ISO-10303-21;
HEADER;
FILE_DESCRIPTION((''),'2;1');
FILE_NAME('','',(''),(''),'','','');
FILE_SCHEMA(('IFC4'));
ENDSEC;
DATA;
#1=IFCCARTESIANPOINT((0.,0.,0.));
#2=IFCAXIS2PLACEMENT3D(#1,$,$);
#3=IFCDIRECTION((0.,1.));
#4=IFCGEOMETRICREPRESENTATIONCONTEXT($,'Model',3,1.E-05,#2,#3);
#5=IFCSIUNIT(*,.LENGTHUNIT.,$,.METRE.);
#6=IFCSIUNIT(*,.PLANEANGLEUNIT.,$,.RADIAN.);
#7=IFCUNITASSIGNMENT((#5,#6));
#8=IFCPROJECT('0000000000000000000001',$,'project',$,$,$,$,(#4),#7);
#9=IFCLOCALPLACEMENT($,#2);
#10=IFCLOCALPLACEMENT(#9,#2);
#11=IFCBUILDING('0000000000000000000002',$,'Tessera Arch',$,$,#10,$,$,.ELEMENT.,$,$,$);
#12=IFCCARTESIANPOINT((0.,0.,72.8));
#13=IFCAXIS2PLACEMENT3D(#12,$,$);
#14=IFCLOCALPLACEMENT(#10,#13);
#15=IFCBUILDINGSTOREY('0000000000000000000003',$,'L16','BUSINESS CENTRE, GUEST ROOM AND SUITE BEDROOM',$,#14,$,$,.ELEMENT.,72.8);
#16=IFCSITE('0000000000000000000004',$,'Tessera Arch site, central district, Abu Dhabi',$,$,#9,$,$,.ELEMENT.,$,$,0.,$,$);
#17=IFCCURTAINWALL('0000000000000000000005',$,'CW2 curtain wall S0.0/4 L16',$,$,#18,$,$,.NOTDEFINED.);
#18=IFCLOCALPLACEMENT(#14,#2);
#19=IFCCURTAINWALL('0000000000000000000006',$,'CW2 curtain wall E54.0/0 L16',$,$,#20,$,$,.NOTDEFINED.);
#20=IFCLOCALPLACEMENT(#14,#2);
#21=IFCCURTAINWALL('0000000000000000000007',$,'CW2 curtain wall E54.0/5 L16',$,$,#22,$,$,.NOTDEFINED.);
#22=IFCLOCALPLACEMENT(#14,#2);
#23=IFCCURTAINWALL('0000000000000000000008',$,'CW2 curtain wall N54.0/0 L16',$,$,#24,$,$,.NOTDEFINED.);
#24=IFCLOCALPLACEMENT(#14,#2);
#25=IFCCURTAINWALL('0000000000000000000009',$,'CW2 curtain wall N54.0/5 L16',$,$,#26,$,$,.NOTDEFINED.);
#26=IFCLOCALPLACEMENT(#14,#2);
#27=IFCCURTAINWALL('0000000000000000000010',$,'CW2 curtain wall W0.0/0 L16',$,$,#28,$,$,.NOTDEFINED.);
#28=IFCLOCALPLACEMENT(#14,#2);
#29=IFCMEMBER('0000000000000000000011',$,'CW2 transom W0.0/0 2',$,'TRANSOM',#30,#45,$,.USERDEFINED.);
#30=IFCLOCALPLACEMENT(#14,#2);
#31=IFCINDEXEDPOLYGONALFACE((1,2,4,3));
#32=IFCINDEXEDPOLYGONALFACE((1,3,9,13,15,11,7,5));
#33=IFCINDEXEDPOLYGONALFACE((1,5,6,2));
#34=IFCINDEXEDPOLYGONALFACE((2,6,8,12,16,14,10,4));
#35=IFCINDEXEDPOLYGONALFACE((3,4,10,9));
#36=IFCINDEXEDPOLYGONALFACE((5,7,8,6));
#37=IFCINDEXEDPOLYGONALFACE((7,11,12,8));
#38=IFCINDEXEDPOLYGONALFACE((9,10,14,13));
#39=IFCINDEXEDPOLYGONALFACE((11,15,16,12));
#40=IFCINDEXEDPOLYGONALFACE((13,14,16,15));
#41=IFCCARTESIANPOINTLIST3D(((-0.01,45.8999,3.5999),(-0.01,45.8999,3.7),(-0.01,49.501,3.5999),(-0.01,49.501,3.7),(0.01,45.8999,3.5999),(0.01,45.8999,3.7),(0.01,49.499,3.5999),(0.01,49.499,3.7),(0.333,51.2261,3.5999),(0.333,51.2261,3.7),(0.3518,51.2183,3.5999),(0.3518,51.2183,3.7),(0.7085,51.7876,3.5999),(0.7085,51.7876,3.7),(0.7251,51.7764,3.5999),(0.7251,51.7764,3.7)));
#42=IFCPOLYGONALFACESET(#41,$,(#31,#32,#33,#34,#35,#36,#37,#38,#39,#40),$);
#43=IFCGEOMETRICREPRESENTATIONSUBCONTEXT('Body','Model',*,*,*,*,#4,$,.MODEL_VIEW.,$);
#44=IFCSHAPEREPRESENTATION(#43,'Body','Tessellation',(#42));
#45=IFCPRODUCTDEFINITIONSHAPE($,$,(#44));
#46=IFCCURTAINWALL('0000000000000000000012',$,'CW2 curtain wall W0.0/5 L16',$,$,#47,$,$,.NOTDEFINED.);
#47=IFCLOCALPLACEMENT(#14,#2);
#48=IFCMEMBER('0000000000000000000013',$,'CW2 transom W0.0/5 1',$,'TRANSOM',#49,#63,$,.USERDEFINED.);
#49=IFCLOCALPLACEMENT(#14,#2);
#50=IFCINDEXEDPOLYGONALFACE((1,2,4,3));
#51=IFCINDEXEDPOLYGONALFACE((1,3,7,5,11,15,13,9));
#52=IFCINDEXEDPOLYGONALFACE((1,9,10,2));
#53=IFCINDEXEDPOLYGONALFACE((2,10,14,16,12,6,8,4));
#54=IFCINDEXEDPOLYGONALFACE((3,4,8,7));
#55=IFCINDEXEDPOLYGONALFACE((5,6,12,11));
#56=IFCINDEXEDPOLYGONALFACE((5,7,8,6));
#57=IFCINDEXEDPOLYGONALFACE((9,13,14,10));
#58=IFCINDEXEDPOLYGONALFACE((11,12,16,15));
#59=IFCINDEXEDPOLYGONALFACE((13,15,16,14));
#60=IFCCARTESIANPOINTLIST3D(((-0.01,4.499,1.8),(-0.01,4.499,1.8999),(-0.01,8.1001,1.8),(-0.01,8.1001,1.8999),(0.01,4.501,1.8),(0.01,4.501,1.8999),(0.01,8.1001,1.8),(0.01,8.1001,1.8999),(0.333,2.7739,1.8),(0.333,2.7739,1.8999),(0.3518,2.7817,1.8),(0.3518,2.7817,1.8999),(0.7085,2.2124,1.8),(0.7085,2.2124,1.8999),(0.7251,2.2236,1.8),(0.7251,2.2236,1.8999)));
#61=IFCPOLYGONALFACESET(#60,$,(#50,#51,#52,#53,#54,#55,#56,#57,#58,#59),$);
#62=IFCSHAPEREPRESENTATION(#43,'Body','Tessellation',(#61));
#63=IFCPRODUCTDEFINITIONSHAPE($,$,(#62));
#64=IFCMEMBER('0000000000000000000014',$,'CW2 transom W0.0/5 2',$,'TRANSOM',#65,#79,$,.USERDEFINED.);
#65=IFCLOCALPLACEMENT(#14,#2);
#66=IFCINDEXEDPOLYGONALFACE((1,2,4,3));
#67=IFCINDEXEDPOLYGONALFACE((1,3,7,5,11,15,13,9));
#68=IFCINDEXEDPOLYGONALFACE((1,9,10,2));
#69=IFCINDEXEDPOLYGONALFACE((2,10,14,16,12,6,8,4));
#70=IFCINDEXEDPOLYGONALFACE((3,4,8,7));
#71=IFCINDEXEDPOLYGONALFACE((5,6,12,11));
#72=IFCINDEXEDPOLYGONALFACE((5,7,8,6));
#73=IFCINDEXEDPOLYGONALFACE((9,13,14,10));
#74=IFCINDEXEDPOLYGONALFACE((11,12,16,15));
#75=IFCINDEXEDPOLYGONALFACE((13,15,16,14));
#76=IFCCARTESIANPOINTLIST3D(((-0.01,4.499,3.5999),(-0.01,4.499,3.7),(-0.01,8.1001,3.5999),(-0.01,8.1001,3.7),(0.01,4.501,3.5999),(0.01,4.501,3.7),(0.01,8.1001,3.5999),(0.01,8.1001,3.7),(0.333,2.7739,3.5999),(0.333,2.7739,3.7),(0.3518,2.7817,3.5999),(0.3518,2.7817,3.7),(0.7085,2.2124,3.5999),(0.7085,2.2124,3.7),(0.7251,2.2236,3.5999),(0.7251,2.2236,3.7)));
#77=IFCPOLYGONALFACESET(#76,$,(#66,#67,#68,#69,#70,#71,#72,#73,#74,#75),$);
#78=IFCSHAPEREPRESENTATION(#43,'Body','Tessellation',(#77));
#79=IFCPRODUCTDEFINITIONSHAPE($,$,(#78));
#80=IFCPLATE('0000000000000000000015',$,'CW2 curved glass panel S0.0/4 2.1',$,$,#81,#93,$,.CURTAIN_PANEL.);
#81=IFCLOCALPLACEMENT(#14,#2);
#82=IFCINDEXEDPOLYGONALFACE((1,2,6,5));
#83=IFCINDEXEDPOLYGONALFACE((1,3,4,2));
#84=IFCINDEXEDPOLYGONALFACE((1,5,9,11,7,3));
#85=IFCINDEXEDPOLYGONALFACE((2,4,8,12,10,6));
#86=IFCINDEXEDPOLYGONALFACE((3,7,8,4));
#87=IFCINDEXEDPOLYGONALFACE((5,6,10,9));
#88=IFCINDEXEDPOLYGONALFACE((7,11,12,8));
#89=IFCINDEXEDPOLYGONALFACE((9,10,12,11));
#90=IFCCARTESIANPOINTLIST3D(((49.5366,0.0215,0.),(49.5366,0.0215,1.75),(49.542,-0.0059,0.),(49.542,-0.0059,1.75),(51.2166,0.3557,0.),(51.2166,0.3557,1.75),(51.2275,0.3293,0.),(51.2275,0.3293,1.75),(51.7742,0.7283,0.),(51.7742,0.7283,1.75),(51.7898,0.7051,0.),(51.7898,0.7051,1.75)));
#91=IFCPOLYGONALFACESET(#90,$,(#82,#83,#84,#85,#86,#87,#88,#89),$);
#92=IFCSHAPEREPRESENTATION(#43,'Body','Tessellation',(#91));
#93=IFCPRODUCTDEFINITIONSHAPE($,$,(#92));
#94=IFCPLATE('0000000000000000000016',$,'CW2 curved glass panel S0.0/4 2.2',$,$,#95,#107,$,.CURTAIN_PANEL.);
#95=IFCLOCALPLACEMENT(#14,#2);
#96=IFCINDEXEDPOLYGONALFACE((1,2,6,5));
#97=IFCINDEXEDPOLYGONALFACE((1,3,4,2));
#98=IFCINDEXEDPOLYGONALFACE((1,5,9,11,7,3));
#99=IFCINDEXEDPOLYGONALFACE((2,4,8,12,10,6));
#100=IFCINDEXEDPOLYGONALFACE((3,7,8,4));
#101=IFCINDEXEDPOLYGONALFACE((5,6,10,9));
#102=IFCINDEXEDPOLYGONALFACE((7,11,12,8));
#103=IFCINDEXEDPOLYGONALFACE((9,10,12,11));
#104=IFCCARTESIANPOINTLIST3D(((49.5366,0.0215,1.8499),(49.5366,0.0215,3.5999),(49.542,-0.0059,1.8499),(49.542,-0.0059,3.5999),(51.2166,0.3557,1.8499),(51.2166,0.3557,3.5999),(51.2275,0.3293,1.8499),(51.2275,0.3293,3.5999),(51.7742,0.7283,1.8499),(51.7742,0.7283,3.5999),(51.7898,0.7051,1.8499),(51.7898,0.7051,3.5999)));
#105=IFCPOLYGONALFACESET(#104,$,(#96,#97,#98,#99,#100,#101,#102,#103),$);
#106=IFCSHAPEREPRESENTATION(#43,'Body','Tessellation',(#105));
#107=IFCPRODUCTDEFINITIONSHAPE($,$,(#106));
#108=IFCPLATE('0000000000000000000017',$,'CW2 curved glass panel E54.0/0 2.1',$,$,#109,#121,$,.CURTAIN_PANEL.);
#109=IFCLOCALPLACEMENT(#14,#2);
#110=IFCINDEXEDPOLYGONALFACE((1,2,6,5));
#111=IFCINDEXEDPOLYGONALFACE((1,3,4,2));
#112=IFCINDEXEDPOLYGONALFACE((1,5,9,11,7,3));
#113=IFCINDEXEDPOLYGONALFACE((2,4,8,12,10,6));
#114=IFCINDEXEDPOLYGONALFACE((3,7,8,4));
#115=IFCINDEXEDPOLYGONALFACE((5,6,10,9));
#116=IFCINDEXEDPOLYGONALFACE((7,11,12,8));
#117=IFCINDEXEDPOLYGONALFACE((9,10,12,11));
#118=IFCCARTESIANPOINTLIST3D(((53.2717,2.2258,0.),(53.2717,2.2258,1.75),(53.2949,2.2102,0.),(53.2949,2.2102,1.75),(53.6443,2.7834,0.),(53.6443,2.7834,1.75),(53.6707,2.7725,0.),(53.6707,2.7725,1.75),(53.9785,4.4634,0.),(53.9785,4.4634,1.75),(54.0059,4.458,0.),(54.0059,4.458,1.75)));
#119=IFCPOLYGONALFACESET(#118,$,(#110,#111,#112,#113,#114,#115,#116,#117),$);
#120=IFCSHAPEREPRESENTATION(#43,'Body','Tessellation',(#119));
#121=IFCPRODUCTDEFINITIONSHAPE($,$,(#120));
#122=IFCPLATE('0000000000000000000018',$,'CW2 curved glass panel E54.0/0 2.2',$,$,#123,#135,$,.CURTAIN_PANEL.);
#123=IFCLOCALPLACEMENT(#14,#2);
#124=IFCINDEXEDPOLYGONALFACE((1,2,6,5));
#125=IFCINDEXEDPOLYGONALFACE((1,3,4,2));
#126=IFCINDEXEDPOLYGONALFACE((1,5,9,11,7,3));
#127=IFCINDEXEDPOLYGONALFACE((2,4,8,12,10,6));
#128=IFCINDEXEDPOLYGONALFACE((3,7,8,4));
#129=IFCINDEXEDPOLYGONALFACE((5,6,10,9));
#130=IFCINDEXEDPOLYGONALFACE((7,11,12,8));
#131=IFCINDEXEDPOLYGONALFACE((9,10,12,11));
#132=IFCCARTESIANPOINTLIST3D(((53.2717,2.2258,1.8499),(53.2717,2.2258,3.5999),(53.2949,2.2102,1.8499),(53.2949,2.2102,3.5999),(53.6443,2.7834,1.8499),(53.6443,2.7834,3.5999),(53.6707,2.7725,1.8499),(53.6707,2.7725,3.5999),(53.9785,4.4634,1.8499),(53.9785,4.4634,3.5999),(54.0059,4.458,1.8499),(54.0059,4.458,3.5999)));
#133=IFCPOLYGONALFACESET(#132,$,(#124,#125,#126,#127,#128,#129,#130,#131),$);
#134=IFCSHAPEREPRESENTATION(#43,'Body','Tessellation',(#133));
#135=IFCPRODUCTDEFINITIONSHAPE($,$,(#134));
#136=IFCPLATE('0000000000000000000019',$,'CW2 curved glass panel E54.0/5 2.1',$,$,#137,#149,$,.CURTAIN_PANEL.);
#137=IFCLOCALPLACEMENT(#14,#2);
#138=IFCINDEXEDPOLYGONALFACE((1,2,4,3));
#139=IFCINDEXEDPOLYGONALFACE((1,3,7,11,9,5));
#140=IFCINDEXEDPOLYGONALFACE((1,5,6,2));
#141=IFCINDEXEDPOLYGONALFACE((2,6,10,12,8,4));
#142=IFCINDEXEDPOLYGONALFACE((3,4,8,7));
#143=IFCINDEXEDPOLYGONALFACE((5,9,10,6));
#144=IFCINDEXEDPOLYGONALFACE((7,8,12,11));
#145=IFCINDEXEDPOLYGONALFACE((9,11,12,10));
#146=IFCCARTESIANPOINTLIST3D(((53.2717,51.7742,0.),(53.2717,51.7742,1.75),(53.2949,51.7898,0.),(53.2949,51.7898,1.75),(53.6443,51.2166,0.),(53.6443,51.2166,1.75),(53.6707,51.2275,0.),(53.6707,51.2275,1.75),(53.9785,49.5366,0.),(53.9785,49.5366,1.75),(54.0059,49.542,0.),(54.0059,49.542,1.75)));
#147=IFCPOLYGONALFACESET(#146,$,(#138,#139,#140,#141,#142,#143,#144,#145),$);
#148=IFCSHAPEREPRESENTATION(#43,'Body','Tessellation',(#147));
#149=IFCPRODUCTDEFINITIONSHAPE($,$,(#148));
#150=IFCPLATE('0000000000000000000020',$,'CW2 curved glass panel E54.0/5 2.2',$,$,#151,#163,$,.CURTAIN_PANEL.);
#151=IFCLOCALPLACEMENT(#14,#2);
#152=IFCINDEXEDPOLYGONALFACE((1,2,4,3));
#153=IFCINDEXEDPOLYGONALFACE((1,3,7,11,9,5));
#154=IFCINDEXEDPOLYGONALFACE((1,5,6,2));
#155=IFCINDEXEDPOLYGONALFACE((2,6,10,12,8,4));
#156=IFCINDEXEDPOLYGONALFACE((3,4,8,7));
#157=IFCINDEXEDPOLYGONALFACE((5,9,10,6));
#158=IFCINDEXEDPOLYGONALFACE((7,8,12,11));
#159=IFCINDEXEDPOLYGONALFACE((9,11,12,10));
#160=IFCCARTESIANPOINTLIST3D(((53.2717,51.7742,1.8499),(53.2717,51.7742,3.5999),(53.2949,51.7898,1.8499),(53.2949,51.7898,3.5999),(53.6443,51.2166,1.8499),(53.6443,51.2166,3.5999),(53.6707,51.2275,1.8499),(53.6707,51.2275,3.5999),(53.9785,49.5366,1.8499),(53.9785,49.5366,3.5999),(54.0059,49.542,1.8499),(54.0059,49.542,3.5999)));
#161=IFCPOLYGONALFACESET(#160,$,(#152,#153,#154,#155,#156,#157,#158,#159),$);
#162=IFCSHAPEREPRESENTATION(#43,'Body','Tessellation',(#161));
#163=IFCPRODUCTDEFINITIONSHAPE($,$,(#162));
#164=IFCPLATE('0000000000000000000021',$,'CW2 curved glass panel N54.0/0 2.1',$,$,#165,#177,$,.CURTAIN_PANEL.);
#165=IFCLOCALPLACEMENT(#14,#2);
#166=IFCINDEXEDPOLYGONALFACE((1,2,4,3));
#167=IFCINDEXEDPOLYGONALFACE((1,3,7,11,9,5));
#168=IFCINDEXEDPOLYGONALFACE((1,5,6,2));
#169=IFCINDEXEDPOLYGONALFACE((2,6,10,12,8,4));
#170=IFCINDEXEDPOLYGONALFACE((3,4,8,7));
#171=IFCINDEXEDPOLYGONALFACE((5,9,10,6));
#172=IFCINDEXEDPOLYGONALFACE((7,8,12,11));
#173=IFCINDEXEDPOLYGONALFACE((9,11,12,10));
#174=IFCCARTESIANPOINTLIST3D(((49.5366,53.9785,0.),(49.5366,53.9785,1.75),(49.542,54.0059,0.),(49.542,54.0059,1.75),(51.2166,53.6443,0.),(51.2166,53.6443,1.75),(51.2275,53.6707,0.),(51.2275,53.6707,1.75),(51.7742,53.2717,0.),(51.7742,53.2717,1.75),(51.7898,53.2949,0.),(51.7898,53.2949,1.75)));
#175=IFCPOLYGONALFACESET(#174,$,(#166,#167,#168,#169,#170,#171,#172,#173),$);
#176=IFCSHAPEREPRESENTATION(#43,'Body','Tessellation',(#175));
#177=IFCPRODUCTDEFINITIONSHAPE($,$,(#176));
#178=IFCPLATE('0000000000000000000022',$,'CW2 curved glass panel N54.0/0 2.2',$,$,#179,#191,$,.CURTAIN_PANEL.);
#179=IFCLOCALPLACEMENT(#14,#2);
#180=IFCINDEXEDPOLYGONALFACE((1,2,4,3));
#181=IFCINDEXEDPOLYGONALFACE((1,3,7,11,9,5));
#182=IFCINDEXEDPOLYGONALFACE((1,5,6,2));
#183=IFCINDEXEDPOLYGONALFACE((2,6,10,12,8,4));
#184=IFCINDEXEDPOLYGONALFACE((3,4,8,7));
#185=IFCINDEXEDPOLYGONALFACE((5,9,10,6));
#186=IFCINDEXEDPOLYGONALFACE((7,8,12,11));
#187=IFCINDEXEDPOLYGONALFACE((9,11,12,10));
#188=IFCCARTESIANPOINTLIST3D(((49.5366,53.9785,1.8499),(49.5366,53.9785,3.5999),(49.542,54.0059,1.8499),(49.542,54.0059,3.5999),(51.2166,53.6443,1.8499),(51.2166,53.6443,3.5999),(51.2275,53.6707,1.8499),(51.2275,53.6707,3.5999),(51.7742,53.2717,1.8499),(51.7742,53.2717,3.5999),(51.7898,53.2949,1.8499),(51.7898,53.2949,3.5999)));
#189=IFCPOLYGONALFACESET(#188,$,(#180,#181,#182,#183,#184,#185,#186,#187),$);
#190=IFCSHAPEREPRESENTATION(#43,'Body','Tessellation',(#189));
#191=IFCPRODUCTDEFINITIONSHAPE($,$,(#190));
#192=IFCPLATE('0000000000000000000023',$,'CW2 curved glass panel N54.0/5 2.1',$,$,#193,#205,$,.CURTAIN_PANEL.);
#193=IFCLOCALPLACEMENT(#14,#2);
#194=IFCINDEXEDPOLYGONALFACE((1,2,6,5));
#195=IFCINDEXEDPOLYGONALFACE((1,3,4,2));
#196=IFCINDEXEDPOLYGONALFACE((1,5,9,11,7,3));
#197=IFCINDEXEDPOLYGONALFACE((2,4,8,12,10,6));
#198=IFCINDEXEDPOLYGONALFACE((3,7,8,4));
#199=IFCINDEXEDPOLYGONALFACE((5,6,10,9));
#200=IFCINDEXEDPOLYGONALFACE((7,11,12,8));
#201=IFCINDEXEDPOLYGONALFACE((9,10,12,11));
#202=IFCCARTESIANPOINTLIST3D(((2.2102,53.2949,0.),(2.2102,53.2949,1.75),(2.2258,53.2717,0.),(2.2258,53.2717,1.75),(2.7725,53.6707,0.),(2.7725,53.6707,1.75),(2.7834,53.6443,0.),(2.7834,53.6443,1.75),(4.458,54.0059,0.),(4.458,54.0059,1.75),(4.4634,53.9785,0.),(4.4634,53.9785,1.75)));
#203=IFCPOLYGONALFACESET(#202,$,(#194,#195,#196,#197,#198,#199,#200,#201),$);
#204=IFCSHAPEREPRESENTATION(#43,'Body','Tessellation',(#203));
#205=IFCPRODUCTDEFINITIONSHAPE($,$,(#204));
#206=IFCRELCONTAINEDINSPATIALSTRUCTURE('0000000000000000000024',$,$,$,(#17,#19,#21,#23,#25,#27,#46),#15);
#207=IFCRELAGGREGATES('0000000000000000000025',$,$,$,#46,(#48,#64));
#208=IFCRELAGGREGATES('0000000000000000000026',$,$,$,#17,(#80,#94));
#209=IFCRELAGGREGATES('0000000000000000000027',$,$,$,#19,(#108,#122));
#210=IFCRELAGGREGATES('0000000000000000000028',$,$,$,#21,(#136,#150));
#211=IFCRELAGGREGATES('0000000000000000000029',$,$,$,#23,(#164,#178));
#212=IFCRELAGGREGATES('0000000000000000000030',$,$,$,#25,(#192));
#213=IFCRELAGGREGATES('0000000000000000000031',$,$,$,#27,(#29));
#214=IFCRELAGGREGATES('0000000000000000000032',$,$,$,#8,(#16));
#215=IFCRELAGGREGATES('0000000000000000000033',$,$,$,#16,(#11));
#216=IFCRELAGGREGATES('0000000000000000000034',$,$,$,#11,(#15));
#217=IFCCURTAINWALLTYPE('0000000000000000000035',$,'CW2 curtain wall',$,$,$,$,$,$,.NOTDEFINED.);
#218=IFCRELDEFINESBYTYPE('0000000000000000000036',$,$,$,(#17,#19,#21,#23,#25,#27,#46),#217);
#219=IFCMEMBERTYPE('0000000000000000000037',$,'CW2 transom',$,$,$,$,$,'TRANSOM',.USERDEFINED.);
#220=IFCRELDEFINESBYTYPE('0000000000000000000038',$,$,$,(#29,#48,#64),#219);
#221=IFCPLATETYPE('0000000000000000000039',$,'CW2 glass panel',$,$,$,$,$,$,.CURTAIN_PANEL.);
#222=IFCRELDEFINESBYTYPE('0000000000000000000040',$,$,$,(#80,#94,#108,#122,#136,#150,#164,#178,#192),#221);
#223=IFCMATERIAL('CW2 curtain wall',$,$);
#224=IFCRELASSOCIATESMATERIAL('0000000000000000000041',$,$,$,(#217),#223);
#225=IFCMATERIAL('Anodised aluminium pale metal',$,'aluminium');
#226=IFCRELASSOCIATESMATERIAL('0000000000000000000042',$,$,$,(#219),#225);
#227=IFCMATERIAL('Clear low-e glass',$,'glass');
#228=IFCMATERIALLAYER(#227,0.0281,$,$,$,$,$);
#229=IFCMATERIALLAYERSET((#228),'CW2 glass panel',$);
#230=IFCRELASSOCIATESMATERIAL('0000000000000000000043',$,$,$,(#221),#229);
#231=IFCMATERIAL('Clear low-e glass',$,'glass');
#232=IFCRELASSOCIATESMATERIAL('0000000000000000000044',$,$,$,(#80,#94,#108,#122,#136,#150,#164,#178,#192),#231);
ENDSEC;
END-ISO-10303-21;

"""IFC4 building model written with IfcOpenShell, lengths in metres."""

from ifc_helpers import new_model, si_unit, direction, frame, origin, origin_2d, place, context, subcontext, project, spatial, polyline, rectangle, outline, extrude, material, layer, layer_set, material_profile, profile_set, type_object, element, aggregate, save


model = new_model("IFC4")

# Units and contexts
model_context = context("Model", 3, precision=1e-05, world=origin(), true_north=direction((0.0, 1.0)))
body_context = subcontext(model_context, "Body", "Model", "MODEL_VIEW")
ifc_project = project(units=[si_unit("LENGTHUNIT", "METRE"), si_unit("PLANEANGLEUNIT", "RADIAN")], contexts=[model_context])

# Site, building, storey
site_placement = place(None, origin())
site = spatial("IfcSite", under=ifc_project, at=site_placement, Name="Tessera Arch site, central district, Abu Dhabi", CompositionType="ELEMENT", RefElevation=0.0)
building_placement = place(site_placement, origin())
building = spatial("IfcBuilding", under=site, at=building_placement, Name="Tessera Arch", CompositionType="ELEMENT")
storey_placement = place(building_placement, frame((0.0, 0.0, 72.8)))
storey = spatial("IfcBuildingStorey", under=building, at=storey_placement, Name="L16", Description="BUSINESS CENTRE, GUEST ROOM AND SUITE BEDROOM", CompositionType="ELEMENT", Elevation=72.8)

# Curtain walls, members
ifc_material_1 = material(Name="CW2 curtain wall")
curtain_wall_type = type_object("IfcCurtainWallType", Name="CW2 curtain wall", PredefinedType="NOTDEFINED", material=ifc_material_1)
curtain_wall_1_placement = place(storey_placement, origin())
curtain_wall_1 = element("IfcCurtainWall", 1, at=curtain_wall_1_placement, inside=storey, type_object=curtain_wall_type, Name="CW2 curtain wall S0.0/4 L16", PredefinedType="NOTDEFINED")
ifc_material_2 = material(Name="Anodised aluminium pale metal", Category="aluminium")
ifc_material_profile = material_profile(ifc_material_2, rectangle(XDim=0.2, YDim=0.1001, at=origin_2d()), Name="AL 200x100")
ifc_profile_set = profile_set([ifc_material_profile], Name="Anodised aluminium pale metal")
member_type = type_object("IfcMemberType", Name="CW2 transom", ElementType="TRANSOM", PredefinedType="USERDEFINED", material=ifc_profile_set)
curtain_wall_2_placement = place(storey_placement, origin())
curtain_wall_2 = element("IfcCurtainWall", 2, at=curtain_wall_2_placement, inside=storey, type_object=curtain_wall_type, Name="CW2 curtain wall E54.0/0 L16", PredefinedType="NOTDEFINED")
curtain_wall_3_placement = place(storey_placement, origin())
curtain_wall_3 = element("IfcCurtainWall", 3, at=curtain_wall_3_placement, inside=storey, type_object=curtain_wall_type, Name="CW2 curtain wall E54.0/5 L16", PredefinedType="NOTDEFINED")
curtain_wall_4_placement = place(storey_placement, origin())
curtain_wall_4 = element("IfcCurtainWall", 4, at=curtain_wall_4_placement, inside=storey, type_object=curtain_wall_type, Name="CW2 curtain wall N54.0/0 L16", PredefinedType="NOTDEFINED")
curtain_wall_5_placement = place(storey_placement, origin())
curtain_wall_5 = element("IfcCurtainWall", 5, at=curtain_wall_5_placement, inside=storey, type_object=curtain_wall_type, Name="CW2 curtain wall N54.0/5 L16", PredefinedType="NOTDEFINED")
curtain_wall_6_placement = place(storey_placement, origin())
curtain_wall_6 = element("IfcCurtainWall", 6, at=curtain_wall_6_placement, inside=storey, type_object=curtain_wall_type, Name="CW2 curtain wall W0.0/0 L16", PredefinedType="NOTDEFINED")
member_1_placement = place(storey_placement, frame((0.0, 0.0, 3.5999)))
member_1 = element("IfcMember", 7, at=member_1_placement, type_object=member_type, Name="CW2 transom W0.0/0 2", ObjectType="TRANSOM", PredefinedType="USERDEFINED", context=body_context, shape_type="SweptSolid", body=[
    extrude(outline(polyline([(0.3518, 51.2183), (0.7251, 51.7764), (0.7085, 51.7876), (0.333, 51.2261), (-0.01, 49.501), (-0.01, 45.8999), (0.01, 45.8999), (0.01, 49.499), (0.3518, 51.2183)])), origin(), (0.0, 0.0, 1.0), 0.1001),
])
curtain_wall_7_placement = place(storey_placement, origin())
curtain_wall_7 = element("IfcCurtainWall", 8, at=curtain_wall_7_placement, inside=storey, type_object=curtain_wall_type, Name="CW2 curtain wall W0.0/5 L16", PredefinedType="NOTDEFINED")
member_2_placement = place(storey_placement, frame((0.0, 0.0, 1.8)))
member_2 = element("IfcMember", 9, at=member_2_placement, type_object=member_type, Name="CW2 transom W0.0/5 1", ObjectType="TRANSOM", PredefinedType="USERDEFINED", context=body_context, shape_type="SweptSolid", body=[
    extrude(outline(polyline([(0.01, 4.501), (0.01, 8.1001), (-0.01, 8.1001), (-0.01, 4.499), (0.333, 2.7739), (0.7085, 2.2124), (0.7251, 2.2236), (0.3518, 2.7817), (0.01, 4.501)])), origin(), (0.0, 0.0, 1.0), 0.0999),
])
member_3_placement = place(storey_placement, frame((0.0, 0.0, 3.5999)))
member_3 = element("IfcMember", 10, at=member_3_placement, type_object=member_type, Name="CW2 transom W0.0/5 2", ObjectType="TRANSOM", PredefinedType="USERDEFINED", context=body_context, shape_type="SweptSolid", body=[
    extrude(outline(polyline([(0.01, 4.501), (0.01, 8.1001), (-0.01, 8.1001), (-0.01, 4.499), (0.333, 2.7739), (0.7085, 2.2124), (0.7251, 2.2236), (0.3518, 2.7817), (0.01, 4.501)])), origin(), (0.0, 0.0, 1.0), 0.1001),
])
aggregate(curtain_wall_7, [member_2, member_3])

# Plates
ifc_material_3 = material(Name="Clear low-e glass", Category="glass")
ifc_material_4 = material(Name="Clear low-e glass", Category="glass")
ifc_layer_1 = layer(ifc_material_4, 0.0281)
ifc_layer_set_1 = layer_set([ifc_layer_1], Name="CW2 glass panel")
plate_type_1 = type_object("IfcPlateType", Name="CW2 glass panel", PredefinedType="CURTAIN_PANEL", material=ifc_layer_set_1)
plate_1_placement = place(storey_placement, origin())
plate_1 = element("IfcPlate", 11, at=plate_1_placement, type_object=plate_type_1, material=ifc_material_3, Name="CW2 curved glass panel S0.0/4 2.1", PredefinedType="CURTAIN_PANEL", context=body_context, shape_type="SweptSolid", body=[
    extrude(outline(polyline([(51.2166, 0.3557), (49.5366, 0.0215), (49.542, -0.0059), (51.2275, 0.3293), (51.7898, 0.7051), (51.7742, 0.7283), (51.2166, 0.3557)])), origin(), (0.0, 0.0, 1.0), 1.75),
])
plate_2_placement = place(storey_placement, frame((0.0, 0.0, 1.8499)))
plate_2 = element("IfcPlate", 12, at=plate_2_placement, type_object=plate_type_1, material=ifc_material_3, Name="CW2 curved glass panel S0.0/4 2.2", PredefinedType="CURTAIN_PANEL", context=body_context, shape_type="SweptSolid", body=[
    extrude(outline(polyline([(51.2166, 0.3557), (49.5366, 0.0215), (49.542, -0.0059), (51.2275, 0.3293), (51.7898, 0.7051), (51.7742, 0.7283), (51.2166, 0.3557)])), origin(), (0.0, 0.0, 1.0), 1.75),
])
plate_3_placement = place(storey_placement, origin())
plate_3 = element("IfcPlate", 13, at=plate_3_placement, type_object=plate_type_1, material=ifc_material_3, Name="CW2 curved glass panel E54.0/0 2.1", PredefinedType="CURTAIN_PANEL", context=body_context, shape_type="SweptSolid", body=[
    extrude(outline(polyline([(53.6443, 2.7834), (53.2717, 2.2258), (53.2949, 2.2102), (53.6707, 2.7725), (54.0059, 4.458), (53.9785, 4.4634), (53.6443, 2.7834)])), origin(), (0.0, 0.0, 1.0), 1.75),
])
plate_4_placement = place(storey_placement, frame((0.0, 0.0, 1.8499)))
plate_4 = element("IfcPlate", 14, at=plate_4_placement, type_object=plate_type_1, material=ifc_material_3, Name="CW2 curved glass panel E54.0/0 2.2", PredefinedType="CURTAIN_PANEL", context=body_context, shape_type="SweptSolid", body=[
    extrude(outline(polyline([(53.6443, 2.7834), (53.2717, 2.2258), (53.2949, 2.2102), (53.6707, 2.7725), (54.0059, 4.458), (53.9785, 4.4634), (53.6443, 2.7834)])), origin(), (0.0, 0.0, 1.0), 1.75),
])
plate_5_placement = place(storey_placement, origin())
plate_5 = element("IfcPlate", 15, at=plate_5_placement, type_object=plate_type_1, material=ifc_material_3, Name="CW2 curved glass panel E54.0/5 2.1", PredefinedType="CURTAIN_PANEL", context=body_context, shape_type="SweptSolid", body=[
    extrude(outline(polyline([(53.6443, 51.2166), (53.9785, 49.5366), (54.0059, 49.542), (53.6707, 51.2275), (53.2949, 51.7898), (53.2717, 51.7742), (53.6443, 51.2166)])), origin(), (0.0, 0.0, 1.0), 1.75),
])
plate_6_placement = place(storey_placement, frame((0.0, 0.0, 1.8499)))
plate_6 = element("IfcPlate", 16, at=plate_6_placement, type_object=plate_type_1, material=ifc_material_3, Name="CW2 curved glass panel E54.0/5 2.2", PredefinedType="CURTAIN_PANEL", context=body_context, shape_type="SweptSolid", body=[
    extrude(outline(polyline([(53.6443, 51.2166), (53.9785, 49.5366), (54.0059, 49.542), (53.6707, 51.2275), (53.2949, 51.7898), (53.2717, 51.7742), (53.6443, 51.2166)])), origin(), (0.0, 0.0, 1.0), 1.75),
])
plate_7_placement = place(storey_placement, origin())
plate_7 = element("IfcPlate", 17, at=plate_7_placement, type_object=plate_type_1, material=ifc_material_3, Name="CW2 curved glass panel N54.0/0 2.1", PredefinedType="CURTAIN_PANEL", context=body_context, shape_type="SweptSolid", body=[
    extrude(outline(polyline([(51.2166, 53.6443), (51.7742, 53.2717), (51.7898, 53.2949), (51.2275, 53.6707), (49.542, 54.0059), (49.5366, 53.9785), (51.2166, 53.6443)])), origin(), (0.0, 0.0, 1.0), 1.75),
])
plate_8_placement = place(storey_placement, frame((0.0, 0.0, 1.8499)))
plate_8 = element("IfcPlate", 18, at=plate_8_placement, type_object=plate_type_1, material=ifc_material_3, Name="CW2 curved glass panel N54.0/0 2.2", PredefinedType="CURTAIN_PANEL", context=body_context, shape_type="SweptSolid", body=[
    extrude(outline(polyline([(51.2166, 53.6443), (51.7742, 53.2717), (51.7898, 53.2949), (51.2275, 53.6707), (49.542, 54.0059), (49.5366, 53.9785), (51.2166, 53.6443)])), origin(), (0.0, 0.0, 1.0), 1.75),
])
plate_9_placement = place(storey_placement, origin())
plate_9 = element("IfcPlate", 19, at=plate_9_placement, type_object=plate_type_1, material=ifc_material_3, Name="CW2 curved glass panel N54.0/5 2.1", PredefinedType="CURTAIN_PANEL", context=body_context, shape_type="SweptSolid", body=[
    extrude(outline(polyline([(2.7834, 53.6443), (4.4634, 53.9785), (4.458, 54.0059), (2.7725, 53.6707), (2.2102, 53.2949), (2.2258, 53.2717), (2.7834, 53.6443)])), origin(), (0.0, 0.0, 1.0), 1.75),
])
aggregate(curtain_wall_1, [plate_1, plate_2])
aggregate(curtain_wall_2, [plate_3, plate_4])
aggregate(curtain_wall_3, [plate_5, plate_6])
aggregate(curtain_wall_4, [plate_7, plate_8])
aggregate(curtain_wall_5, [plate_9])
aggregate(curtain_wall_6, [member_1])

save(model, "model.ifc")
